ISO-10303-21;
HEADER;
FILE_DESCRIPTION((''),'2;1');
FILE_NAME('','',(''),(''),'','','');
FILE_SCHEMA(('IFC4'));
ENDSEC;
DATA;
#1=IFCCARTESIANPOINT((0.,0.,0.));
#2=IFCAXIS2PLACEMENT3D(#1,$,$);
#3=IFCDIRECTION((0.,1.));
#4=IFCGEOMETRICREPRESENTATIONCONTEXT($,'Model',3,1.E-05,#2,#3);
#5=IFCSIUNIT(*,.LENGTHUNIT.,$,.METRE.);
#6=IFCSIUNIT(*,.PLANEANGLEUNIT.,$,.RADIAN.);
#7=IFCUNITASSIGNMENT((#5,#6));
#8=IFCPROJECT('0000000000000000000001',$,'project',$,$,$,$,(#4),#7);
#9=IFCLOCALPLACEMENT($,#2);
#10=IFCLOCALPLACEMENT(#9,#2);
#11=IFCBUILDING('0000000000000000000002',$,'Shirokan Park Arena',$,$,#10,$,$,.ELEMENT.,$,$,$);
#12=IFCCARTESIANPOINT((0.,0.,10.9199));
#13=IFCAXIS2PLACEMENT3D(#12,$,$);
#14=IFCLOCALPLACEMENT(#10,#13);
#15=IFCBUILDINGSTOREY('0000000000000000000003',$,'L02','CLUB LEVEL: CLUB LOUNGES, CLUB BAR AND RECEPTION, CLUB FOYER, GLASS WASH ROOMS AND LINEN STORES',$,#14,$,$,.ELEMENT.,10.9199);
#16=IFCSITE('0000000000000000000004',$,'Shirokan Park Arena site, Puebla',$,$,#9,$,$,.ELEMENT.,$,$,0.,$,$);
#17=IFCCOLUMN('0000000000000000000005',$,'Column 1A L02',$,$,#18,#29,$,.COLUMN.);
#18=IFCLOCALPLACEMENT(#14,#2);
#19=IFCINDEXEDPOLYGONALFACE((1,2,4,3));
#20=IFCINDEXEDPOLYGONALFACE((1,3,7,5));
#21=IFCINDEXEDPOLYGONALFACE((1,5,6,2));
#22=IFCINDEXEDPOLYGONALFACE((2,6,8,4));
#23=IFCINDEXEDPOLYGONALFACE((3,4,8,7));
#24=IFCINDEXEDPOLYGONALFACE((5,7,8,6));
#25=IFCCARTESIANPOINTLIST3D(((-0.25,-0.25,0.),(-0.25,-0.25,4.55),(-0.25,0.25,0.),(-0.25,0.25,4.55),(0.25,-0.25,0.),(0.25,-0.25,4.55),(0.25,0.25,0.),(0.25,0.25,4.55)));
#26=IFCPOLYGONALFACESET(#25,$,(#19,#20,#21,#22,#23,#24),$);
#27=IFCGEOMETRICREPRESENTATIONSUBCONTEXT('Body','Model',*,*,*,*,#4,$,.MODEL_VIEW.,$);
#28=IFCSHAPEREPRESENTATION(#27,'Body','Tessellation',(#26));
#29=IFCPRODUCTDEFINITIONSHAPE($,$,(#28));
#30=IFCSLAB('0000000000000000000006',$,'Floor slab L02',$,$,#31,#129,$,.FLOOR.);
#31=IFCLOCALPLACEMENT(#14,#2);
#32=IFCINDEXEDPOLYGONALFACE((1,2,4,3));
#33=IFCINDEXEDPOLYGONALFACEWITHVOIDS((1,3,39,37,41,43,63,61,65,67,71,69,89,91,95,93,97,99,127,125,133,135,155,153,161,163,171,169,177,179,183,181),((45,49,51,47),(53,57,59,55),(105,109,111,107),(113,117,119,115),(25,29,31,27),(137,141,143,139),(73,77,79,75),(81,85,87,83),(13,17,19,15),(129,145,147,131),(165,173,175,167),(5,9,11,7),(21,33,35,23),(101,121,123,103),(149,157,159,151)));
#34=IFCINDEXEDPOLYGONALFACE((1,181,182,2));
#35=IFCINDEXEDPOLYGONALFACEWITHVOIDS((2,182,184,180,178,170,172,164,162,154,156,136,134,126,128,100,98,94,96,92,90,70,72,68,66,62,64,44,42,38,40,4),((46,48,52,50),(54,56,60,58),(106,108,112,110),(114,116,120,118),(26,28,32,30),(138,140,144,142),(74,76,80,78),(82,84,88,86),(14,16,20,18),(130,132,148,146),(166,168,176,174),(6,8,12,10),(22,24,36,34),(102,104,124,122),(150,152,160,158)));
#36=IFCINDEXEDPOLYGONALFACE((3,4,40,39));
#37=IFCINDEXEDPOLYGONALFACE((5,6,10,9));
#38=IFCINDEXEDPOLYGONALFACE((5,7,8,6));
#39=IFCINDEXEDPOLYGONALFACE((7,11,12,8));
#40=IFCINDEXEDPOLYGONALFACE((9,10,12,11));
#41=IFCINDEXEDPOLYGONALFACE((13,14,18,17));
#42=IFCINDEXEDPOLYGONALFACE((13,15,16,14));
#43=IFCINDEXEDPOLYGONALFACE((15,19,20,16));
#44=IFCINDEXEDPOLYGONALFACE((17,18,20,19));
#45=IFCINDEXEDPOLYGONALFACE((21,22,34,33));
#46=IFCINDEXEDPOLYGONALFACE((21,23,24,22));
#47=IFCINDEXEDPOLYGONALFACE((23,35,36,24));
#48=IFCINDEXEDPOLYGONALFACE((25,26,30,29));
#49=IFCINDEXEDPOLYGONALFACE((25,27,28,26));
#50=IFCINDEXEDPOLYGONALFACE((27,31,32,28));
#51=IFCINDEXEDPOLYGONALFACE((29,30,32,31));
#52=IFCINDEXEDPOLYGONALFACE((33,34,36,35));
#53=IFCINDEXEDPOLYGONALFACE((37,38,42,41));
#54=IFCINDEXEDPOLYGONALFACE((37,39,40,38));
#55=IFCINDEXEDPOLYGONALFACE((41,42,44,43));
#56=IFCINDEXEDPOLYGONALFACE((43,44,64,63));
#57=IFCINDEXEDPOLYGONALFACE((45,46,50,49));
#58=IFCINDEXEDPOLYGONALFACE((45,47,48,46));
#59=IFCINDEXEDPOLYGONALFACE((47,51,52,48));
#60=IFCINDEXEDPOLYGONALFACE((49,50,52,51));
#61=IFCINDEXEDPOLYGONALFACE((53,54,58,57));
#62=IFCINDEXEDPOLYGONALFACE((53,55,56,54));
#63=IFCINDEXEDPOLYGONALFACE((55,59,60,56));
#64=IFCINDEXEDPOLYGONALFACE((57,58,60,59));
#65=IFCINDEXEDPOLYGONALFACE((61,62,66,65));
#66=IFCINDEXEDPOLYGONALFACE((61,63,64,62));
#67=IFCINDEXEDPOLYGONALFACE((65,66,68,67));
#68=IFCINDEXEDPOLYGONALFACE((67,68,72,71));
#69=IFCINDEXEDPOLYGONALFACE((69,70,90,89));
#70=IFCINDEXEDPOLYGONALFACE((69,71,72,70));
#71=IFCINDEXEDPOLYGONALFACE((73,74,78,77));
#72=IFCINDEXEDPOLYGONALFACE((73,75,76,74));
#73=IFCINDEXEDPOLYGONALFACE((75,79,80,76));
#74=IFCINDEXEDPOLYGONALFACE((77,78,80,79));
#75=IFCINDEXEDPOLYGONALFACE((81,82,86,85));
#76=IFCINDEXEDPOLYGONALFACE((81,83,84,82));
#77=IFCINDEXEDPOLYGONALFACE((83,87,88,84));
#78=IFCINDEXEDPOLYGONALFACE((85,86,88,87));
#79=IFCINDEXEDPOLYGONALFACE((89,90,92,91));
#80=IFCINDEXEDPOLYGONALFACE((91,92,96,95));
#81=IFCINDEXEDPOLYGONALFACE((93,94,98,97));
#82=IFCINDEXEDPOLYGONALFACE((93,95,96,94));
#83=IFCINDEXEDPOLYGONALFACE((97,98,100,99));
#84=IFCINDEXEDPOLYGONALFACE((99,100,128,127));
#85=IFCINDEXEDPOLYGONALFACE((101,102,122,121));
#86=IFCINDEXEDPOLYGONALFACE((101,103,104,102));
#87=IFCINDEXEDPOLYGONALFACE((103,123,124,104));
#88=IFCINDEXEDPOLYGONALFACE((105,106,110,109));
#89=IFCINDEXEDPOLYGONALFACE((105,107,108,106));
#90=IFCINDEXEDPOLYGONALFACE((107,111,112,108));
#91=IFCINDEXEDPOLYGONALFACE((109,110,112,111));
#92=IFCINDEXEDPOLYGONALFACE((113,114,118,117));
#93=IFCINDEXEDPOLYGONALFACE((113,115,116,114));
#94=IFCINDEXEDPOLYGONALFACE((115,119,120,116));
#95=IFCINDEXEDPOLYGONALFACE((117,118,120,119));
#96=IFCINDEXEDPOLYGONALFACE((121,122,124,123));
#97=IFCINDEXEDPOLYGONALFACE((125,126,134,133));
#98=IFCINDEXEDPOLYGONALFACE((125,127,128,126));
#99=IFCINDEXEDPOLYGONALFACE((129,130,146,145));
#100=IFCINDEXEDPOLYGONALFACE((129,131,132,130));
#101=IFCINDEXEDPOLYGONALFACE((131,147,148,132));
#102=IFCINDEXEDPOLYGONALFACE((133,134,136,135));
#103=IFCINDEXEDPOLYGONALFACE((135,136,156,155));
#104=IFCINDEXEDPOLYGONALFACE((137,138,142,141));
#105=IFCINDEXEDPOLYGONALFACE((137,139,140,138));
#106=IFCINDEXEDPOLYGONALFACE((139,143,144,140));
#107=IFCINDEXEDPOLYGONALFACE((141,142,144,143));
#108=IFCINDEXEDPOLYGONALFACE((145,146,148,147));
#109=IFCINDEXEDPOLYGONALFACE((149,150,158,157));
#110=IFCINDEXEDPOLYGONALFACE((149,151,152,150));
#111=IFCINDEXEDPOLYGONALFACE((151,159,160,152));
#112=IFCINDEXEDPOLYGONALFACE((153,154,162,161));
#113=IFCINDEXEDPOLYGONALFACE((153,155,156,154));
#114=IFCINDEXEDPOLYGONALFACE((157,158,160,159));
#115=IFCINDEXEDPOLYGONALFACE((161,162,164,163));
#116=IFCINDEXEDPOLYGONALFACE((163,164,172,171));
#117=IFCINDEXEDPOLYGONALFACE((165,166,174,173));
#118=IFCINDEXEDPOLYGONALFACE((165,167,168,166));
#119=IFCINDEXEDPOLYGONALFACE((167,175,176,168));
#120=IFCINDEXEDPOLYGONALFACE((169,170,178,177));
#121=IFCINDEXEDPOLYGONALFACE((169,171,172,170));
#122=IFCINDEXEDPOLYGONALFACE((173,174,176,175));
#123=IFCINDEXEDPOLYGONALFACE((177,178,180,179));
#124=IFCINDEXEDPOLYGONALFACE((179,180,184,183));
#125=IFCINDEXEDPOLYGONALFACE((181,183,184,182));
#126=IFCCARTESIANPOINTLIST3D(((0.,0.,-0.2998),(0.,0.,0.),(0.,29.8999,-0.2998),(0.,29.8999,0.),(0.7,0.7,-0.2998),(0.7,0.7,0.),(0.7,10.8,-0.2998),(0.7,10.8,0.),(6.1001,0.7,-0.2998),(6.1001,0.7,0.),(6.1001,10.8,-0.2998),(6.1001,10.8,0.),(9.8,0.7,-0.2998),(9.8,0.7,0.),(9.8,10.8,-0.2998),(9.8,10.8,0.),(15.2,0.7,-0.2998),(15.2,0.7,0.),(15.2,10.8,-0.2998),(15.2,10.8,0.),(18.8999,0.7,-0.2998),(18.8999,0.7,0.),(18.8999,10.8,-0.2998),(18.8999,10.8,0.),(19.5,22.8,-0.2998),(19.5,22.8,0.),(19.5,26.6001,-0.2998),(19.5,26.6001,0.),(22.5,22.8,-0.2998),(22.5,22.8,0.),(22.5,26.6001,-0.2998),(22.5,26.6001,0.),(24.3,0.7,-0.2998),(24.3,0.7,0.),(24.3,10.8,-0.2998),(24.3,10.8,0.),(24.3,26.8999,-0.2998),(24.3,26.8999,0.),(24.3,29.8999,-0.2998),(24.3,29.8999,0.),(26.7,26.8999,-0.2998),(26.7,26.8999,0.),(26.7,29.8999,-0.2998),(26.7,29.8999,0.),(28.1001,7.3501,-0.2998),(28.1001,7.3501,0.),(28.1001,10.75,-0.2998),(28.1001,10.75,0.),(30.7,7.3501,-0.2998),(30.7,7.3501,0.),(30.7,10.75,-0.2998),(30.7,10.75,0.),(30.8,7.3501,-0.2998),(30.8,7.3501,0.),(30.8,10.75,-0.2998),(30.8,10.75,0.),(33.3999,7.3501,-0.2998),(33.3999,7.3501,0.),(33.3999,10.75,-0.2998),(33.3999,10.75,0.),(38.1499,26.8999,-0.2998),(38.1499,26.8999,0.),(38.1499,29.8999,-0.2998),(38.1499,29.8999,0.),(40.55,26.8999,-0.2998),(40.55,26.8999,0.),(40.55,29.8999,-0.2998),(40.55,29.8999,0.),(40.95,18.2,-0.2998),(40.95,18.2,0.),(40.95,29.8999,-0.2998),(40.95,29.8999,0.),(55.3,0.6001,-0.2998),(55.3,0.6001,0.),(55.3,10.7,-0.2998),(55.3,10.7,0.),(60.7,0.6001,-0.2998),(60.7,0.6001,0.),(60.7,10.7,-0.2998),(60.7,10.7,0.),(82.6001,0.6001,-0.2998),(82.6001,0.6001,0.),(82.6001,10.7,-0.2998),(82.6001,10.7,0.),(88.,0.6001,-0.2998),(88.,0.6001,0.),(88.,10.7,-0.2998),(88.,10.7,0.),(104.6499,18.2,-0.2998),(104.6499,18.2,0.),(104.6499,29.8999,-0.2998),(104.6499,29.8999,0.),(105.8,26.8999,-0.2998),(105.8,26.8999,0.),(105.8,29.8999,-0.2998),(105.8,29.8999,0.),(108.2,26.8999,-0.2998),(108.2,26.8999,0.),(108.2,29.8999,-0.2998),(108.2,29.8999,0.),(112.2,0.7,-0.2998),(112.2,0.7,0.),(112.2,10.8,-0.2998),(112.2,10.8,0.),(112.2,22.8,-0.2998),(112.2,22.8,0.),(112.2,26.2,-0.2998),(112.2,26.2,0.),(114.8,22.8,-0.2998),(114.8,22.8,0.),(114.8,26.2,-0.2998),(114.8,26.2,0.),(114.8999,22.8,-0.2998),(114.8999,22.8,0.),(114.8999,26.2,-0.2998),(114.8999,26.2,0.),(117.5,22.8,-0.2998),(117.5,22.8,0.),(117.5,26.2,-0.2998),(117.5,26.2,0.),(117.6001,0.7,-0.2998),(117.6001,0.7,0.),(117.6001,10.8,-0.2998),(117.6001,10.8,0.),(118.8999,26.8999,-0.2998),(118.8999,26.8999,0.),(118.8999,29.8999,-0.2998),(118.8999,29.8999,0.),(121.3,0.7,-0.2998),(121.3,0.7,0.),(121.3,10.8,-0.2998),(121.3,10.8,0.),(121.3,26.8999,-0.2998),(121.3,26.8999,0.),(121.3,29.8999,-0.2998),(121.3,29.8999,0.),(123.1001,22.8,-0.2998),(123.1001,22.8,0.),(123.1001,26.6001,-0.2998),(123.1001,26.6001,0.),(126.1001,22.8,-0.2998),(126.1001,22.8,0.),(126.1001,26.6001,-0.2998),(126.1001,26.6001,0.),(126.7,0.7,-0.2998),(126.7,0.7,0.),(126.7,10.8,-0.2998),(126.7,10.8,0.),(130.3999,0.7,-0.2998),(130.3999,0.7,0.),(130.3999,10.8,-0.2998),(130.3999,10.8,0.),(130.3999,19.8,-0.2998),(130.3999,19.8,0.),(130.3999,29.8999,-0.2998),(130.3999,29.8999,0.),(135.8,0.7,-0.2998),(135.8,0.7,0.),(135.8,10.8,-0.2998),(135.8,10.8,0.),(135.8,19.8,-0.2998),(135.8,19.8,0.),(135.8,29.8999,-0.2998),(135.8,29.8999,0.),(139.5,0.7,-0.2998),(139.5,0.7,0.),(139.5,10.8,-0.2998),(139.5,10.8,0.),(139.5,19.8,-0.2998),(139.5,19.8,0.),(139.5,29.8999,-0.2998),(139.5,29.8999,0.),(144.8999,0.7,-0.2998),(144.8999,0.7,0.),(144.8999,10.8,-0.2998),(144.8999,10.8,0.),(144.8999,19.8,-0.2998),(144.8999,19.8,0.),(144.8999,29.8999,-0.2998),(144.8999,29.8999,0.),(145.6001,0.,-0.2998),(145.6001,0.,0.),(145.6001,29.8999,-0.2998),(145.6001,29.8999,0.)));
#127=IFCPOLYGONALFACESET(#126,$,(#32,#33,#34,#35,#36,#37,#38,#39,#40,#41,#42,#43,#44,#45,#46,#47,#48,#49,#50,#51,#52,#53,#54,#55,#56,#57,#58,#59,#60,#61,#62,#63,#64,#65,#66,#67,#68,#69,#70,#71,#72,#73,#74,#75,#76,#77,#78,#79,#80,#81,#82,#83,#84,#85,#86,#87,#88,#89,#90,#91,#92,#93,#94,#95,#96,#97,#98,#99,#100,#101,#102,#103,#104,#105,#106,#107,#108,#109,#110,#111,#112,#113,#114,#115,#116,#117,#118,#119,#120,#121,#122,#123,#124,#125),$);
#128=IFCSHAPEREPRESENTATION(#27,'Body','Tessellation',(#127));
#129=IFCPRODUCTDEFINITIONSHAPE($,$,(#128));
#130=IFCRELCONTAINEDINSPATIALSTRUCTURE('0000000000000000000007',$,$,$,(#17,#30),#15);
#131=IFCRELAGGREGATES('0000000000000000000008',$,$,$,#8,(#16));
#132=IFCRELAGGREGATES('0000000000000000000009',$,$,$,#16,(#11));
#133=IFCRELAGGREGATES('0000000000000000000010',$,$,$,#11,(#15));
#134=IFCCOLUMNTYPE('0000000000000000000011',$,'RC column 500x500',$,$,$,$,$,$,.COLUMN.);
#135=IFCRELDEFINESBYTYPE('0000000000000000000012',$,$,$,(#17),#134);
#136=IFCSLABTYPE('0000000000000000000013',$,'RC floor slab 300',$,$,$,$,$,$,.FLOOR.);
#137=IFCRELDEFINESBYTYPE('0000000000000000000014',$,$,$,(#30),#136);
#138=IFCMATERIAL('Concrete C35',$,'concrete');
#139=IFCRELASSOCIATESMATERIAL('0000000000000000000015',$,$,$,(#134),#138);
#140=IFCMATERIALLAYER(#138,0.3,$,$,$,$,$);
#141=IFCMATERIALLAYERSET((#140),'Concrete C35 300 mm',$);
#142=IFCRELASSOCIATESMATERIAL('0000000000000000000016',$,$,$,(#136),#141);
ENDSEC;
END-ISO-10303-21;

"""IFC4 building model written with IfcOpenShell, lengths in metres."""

from ifc_helpers import new_model, si_unit, direction, frame, origin, origin_with_axes, origin_2d, place, context, subcontext, project, spatial, polyline, rectangle, outline, extrude, material, layer, layer_set, material_profile, profile_set, type_object, element, save


model = new_model("IFC4")

# Units and contexts
model_context = context("Model", 3, precision=1e-05, world=origin(), true_north=direction((0.0, 1.0)))
body_context = subcontext(model_context, "Body", "Model", "MODEL_VIEW")
ifc_project = project(units=[si_unit("LENGTHUNIT", "METRE"), si_unit("PLANEANGLEUNIT", "RADIAN")], contexts=[model_context])

# Site, building, storey
site_placement = place(None, origin())
site = spatial("IfcSite", under=ifc_project, at=site_placement, Name="Shirokan Park Arena site, Puebla", CompositionType="ELEMENT", RefElevation=0.0)
building_placement = place(site_placement, origin())
building = spatial("IfcBuilding", under=site, at=building_placement, Name="Shirokan Park Arena", CompositionType="ELEMENT")
storey_placement = place(building_placement, frame((0.0, 0.0, 10.9199)))
storey = spatial("IfcBuildingStorey", under=building, at=storey_placement, Name="L02", Description="CLUB LEVEL: CLUB LOUNGES, CLUB BAR AND RECEPTION, CLUB FOYER, GLASS WASH ROOMS AND LINEN STORES", CompositionType="ELEMENT", Elevation=10.9199)

# Column
ifc_material_1 = material(Name="Concrete C35", Category="concrete")
ifc_material_profile = material_profile(ifc_material_1, rectangle(XDim=0.5, YDim=0.5, at=origin_2d()), Name="500x500")
ifc_profile_set = profile_set([ifc_material_profile], Name="Concrete C35")
column_type = type_object("IfcColumnType", Name="RC column 500x500", PredefinedType="COLUMN", material=ifc_profile_set)
column_placement = place(storey_placement, origin_with_axes())
element("IfcColumn", 1, at=column_placement, inside=storey, type_object=column_type, Name="Column 1A L02", PredefinedType="COLUMN", context=body_context, shape_type="SweptSolid", body=[
    extrude(rectangle(XDim=0.5, YDim=0.5, at=origin_2d()), origin(), (0.0, 0.0, 1.0), 4.55),
])

# Slab
ifc_layer = layer(ifc_material_1, 0.3)
ifc_layer_set = layer_set([ifc_layer], Name="Concrete C35 300 mm")
slab_type = type_object("IfcSlabType", Name="RC floor slab 300", PredefinedType="FLOOR", material=ifc_layer_set)
slab_1_placement = place(storey_placement, frame((0.0, 0.0, -0.2998)))
element("IfcSlab", 2, at=slab_1_placement, inside=storey, type_object=slab_type, Name="Floor slab L02", PredefinedType="FLOOR", context=body_context, shape_type="SweptSolid", body=[
    extrude(outline(polyline([(40.95, 18.2), (104.6499, 18.2), (104.6499, 29.8999), (105.8, 29.8999), (105.8, 26.8999), (108.2, 26.8999), (108.2, 29.8999), (118.8999, 29.8999), (118.8999, 26.8999), (121.3, 26.8999), (121.3, 29.8999), (130.3999, 29.8999), (130.3999, 19.8), (135.8, 19.8), (135.8, 29.8999), (139.5, 29.8999), (139.5, 19.8), (144.8999, 19.8), (144.8999, 29.8999), (145.6001, 29.8999), (145.6001, 0.0), (0.0, 0.0), (0.0, 29.8999), (24.3, 29.8999), (24.3, 26.8999), (26.7, 26.8999), (26.7, 29.8999), (38.1499, 29.8999), (38.1499, 26.8999), (40.55, 26.8999), (40.55, 29.8999), (40.95, 29.8999), (40.95, 18.2)]), holes=[polyline([(6.1001, 0.7), (6.1001, 10.8), (0.7, 10.8), (0.7, 0.7), (6.1001, 0.7)]), polyline([(15.2, 0.7), (15.2, 10.8), (9.8, 10.8), (9.8, 0.7), (15.2, 0.7)]), polyline([(24.3, 0.7), (24.3, 10.8), (18.8999, 10.8), (18.8999, 0.7), (24.3, 0.7)]), polyline([(28.1001, 7.3501), (30.7, 7.3501), (30.7, 10.75), (28.1001, 10.75), (28.1001, 7.3501)]), polyline([(19.5, 22.8), (22.5, 22.8), (22.5, 26.6001), (19.5, 26.6001), (19.5, 22.8)]), polyline([(55.3, 0.6001), (60.7, 0.6001), (60.7, 10.7), (55.3, 10.7), (55.3, 0.6001)]), polyline([(88.0, 0.6001), (88.0, 10.7), (82.6001, 10.7), (82.6001, 0.6001), (88.0, 0.6001)]), polyline([(112.2, 0.7), (117.6001, 0.7), (117.6001, 10.8), (112.2, 10.8), (112.2, 0.7)]), polyline([(30.8, 7.3501), (33.3999, 7.3501), (33.3999, 10.75), (30.8, 10.75), (30.8, 7.3501)]), polyline([(114.8, 22.8), (114.8, 26.2), (112.2, 26.2), (112.2, 22.8), (114.8, 22.8)]), polyline([(114.8999, 22.8), (117.5, 22.8), (117.5, 26.2), (114.8999, 26.2), (114.8999, 22.8)]), polyline([(126.7, 0.7), (126.7, 10.8), (121.3, 10.8), (121.3, 0.7), (126.7, 0.7)]), polyline([(130.3999, 0.7), (135.8, 0.7), (135.8, 10.8), (130.3999, 10.8), (130.3999, 0.7)]), polyline([(139.5, 0.7), (144.8999, 0.7), (144.8999, 10.8), (139.5, 10.8), (139.5, 0.7)]), polyline([(126.1001, 22.8), (126.1001, 26.6001), (123.1001, 26.6001), (123.1001, 22.8), (126.1001, 22.8)])]), origin(), (0.0, 0.0, 1.0), 0.2998),
])

save(model, "model.ifc")
